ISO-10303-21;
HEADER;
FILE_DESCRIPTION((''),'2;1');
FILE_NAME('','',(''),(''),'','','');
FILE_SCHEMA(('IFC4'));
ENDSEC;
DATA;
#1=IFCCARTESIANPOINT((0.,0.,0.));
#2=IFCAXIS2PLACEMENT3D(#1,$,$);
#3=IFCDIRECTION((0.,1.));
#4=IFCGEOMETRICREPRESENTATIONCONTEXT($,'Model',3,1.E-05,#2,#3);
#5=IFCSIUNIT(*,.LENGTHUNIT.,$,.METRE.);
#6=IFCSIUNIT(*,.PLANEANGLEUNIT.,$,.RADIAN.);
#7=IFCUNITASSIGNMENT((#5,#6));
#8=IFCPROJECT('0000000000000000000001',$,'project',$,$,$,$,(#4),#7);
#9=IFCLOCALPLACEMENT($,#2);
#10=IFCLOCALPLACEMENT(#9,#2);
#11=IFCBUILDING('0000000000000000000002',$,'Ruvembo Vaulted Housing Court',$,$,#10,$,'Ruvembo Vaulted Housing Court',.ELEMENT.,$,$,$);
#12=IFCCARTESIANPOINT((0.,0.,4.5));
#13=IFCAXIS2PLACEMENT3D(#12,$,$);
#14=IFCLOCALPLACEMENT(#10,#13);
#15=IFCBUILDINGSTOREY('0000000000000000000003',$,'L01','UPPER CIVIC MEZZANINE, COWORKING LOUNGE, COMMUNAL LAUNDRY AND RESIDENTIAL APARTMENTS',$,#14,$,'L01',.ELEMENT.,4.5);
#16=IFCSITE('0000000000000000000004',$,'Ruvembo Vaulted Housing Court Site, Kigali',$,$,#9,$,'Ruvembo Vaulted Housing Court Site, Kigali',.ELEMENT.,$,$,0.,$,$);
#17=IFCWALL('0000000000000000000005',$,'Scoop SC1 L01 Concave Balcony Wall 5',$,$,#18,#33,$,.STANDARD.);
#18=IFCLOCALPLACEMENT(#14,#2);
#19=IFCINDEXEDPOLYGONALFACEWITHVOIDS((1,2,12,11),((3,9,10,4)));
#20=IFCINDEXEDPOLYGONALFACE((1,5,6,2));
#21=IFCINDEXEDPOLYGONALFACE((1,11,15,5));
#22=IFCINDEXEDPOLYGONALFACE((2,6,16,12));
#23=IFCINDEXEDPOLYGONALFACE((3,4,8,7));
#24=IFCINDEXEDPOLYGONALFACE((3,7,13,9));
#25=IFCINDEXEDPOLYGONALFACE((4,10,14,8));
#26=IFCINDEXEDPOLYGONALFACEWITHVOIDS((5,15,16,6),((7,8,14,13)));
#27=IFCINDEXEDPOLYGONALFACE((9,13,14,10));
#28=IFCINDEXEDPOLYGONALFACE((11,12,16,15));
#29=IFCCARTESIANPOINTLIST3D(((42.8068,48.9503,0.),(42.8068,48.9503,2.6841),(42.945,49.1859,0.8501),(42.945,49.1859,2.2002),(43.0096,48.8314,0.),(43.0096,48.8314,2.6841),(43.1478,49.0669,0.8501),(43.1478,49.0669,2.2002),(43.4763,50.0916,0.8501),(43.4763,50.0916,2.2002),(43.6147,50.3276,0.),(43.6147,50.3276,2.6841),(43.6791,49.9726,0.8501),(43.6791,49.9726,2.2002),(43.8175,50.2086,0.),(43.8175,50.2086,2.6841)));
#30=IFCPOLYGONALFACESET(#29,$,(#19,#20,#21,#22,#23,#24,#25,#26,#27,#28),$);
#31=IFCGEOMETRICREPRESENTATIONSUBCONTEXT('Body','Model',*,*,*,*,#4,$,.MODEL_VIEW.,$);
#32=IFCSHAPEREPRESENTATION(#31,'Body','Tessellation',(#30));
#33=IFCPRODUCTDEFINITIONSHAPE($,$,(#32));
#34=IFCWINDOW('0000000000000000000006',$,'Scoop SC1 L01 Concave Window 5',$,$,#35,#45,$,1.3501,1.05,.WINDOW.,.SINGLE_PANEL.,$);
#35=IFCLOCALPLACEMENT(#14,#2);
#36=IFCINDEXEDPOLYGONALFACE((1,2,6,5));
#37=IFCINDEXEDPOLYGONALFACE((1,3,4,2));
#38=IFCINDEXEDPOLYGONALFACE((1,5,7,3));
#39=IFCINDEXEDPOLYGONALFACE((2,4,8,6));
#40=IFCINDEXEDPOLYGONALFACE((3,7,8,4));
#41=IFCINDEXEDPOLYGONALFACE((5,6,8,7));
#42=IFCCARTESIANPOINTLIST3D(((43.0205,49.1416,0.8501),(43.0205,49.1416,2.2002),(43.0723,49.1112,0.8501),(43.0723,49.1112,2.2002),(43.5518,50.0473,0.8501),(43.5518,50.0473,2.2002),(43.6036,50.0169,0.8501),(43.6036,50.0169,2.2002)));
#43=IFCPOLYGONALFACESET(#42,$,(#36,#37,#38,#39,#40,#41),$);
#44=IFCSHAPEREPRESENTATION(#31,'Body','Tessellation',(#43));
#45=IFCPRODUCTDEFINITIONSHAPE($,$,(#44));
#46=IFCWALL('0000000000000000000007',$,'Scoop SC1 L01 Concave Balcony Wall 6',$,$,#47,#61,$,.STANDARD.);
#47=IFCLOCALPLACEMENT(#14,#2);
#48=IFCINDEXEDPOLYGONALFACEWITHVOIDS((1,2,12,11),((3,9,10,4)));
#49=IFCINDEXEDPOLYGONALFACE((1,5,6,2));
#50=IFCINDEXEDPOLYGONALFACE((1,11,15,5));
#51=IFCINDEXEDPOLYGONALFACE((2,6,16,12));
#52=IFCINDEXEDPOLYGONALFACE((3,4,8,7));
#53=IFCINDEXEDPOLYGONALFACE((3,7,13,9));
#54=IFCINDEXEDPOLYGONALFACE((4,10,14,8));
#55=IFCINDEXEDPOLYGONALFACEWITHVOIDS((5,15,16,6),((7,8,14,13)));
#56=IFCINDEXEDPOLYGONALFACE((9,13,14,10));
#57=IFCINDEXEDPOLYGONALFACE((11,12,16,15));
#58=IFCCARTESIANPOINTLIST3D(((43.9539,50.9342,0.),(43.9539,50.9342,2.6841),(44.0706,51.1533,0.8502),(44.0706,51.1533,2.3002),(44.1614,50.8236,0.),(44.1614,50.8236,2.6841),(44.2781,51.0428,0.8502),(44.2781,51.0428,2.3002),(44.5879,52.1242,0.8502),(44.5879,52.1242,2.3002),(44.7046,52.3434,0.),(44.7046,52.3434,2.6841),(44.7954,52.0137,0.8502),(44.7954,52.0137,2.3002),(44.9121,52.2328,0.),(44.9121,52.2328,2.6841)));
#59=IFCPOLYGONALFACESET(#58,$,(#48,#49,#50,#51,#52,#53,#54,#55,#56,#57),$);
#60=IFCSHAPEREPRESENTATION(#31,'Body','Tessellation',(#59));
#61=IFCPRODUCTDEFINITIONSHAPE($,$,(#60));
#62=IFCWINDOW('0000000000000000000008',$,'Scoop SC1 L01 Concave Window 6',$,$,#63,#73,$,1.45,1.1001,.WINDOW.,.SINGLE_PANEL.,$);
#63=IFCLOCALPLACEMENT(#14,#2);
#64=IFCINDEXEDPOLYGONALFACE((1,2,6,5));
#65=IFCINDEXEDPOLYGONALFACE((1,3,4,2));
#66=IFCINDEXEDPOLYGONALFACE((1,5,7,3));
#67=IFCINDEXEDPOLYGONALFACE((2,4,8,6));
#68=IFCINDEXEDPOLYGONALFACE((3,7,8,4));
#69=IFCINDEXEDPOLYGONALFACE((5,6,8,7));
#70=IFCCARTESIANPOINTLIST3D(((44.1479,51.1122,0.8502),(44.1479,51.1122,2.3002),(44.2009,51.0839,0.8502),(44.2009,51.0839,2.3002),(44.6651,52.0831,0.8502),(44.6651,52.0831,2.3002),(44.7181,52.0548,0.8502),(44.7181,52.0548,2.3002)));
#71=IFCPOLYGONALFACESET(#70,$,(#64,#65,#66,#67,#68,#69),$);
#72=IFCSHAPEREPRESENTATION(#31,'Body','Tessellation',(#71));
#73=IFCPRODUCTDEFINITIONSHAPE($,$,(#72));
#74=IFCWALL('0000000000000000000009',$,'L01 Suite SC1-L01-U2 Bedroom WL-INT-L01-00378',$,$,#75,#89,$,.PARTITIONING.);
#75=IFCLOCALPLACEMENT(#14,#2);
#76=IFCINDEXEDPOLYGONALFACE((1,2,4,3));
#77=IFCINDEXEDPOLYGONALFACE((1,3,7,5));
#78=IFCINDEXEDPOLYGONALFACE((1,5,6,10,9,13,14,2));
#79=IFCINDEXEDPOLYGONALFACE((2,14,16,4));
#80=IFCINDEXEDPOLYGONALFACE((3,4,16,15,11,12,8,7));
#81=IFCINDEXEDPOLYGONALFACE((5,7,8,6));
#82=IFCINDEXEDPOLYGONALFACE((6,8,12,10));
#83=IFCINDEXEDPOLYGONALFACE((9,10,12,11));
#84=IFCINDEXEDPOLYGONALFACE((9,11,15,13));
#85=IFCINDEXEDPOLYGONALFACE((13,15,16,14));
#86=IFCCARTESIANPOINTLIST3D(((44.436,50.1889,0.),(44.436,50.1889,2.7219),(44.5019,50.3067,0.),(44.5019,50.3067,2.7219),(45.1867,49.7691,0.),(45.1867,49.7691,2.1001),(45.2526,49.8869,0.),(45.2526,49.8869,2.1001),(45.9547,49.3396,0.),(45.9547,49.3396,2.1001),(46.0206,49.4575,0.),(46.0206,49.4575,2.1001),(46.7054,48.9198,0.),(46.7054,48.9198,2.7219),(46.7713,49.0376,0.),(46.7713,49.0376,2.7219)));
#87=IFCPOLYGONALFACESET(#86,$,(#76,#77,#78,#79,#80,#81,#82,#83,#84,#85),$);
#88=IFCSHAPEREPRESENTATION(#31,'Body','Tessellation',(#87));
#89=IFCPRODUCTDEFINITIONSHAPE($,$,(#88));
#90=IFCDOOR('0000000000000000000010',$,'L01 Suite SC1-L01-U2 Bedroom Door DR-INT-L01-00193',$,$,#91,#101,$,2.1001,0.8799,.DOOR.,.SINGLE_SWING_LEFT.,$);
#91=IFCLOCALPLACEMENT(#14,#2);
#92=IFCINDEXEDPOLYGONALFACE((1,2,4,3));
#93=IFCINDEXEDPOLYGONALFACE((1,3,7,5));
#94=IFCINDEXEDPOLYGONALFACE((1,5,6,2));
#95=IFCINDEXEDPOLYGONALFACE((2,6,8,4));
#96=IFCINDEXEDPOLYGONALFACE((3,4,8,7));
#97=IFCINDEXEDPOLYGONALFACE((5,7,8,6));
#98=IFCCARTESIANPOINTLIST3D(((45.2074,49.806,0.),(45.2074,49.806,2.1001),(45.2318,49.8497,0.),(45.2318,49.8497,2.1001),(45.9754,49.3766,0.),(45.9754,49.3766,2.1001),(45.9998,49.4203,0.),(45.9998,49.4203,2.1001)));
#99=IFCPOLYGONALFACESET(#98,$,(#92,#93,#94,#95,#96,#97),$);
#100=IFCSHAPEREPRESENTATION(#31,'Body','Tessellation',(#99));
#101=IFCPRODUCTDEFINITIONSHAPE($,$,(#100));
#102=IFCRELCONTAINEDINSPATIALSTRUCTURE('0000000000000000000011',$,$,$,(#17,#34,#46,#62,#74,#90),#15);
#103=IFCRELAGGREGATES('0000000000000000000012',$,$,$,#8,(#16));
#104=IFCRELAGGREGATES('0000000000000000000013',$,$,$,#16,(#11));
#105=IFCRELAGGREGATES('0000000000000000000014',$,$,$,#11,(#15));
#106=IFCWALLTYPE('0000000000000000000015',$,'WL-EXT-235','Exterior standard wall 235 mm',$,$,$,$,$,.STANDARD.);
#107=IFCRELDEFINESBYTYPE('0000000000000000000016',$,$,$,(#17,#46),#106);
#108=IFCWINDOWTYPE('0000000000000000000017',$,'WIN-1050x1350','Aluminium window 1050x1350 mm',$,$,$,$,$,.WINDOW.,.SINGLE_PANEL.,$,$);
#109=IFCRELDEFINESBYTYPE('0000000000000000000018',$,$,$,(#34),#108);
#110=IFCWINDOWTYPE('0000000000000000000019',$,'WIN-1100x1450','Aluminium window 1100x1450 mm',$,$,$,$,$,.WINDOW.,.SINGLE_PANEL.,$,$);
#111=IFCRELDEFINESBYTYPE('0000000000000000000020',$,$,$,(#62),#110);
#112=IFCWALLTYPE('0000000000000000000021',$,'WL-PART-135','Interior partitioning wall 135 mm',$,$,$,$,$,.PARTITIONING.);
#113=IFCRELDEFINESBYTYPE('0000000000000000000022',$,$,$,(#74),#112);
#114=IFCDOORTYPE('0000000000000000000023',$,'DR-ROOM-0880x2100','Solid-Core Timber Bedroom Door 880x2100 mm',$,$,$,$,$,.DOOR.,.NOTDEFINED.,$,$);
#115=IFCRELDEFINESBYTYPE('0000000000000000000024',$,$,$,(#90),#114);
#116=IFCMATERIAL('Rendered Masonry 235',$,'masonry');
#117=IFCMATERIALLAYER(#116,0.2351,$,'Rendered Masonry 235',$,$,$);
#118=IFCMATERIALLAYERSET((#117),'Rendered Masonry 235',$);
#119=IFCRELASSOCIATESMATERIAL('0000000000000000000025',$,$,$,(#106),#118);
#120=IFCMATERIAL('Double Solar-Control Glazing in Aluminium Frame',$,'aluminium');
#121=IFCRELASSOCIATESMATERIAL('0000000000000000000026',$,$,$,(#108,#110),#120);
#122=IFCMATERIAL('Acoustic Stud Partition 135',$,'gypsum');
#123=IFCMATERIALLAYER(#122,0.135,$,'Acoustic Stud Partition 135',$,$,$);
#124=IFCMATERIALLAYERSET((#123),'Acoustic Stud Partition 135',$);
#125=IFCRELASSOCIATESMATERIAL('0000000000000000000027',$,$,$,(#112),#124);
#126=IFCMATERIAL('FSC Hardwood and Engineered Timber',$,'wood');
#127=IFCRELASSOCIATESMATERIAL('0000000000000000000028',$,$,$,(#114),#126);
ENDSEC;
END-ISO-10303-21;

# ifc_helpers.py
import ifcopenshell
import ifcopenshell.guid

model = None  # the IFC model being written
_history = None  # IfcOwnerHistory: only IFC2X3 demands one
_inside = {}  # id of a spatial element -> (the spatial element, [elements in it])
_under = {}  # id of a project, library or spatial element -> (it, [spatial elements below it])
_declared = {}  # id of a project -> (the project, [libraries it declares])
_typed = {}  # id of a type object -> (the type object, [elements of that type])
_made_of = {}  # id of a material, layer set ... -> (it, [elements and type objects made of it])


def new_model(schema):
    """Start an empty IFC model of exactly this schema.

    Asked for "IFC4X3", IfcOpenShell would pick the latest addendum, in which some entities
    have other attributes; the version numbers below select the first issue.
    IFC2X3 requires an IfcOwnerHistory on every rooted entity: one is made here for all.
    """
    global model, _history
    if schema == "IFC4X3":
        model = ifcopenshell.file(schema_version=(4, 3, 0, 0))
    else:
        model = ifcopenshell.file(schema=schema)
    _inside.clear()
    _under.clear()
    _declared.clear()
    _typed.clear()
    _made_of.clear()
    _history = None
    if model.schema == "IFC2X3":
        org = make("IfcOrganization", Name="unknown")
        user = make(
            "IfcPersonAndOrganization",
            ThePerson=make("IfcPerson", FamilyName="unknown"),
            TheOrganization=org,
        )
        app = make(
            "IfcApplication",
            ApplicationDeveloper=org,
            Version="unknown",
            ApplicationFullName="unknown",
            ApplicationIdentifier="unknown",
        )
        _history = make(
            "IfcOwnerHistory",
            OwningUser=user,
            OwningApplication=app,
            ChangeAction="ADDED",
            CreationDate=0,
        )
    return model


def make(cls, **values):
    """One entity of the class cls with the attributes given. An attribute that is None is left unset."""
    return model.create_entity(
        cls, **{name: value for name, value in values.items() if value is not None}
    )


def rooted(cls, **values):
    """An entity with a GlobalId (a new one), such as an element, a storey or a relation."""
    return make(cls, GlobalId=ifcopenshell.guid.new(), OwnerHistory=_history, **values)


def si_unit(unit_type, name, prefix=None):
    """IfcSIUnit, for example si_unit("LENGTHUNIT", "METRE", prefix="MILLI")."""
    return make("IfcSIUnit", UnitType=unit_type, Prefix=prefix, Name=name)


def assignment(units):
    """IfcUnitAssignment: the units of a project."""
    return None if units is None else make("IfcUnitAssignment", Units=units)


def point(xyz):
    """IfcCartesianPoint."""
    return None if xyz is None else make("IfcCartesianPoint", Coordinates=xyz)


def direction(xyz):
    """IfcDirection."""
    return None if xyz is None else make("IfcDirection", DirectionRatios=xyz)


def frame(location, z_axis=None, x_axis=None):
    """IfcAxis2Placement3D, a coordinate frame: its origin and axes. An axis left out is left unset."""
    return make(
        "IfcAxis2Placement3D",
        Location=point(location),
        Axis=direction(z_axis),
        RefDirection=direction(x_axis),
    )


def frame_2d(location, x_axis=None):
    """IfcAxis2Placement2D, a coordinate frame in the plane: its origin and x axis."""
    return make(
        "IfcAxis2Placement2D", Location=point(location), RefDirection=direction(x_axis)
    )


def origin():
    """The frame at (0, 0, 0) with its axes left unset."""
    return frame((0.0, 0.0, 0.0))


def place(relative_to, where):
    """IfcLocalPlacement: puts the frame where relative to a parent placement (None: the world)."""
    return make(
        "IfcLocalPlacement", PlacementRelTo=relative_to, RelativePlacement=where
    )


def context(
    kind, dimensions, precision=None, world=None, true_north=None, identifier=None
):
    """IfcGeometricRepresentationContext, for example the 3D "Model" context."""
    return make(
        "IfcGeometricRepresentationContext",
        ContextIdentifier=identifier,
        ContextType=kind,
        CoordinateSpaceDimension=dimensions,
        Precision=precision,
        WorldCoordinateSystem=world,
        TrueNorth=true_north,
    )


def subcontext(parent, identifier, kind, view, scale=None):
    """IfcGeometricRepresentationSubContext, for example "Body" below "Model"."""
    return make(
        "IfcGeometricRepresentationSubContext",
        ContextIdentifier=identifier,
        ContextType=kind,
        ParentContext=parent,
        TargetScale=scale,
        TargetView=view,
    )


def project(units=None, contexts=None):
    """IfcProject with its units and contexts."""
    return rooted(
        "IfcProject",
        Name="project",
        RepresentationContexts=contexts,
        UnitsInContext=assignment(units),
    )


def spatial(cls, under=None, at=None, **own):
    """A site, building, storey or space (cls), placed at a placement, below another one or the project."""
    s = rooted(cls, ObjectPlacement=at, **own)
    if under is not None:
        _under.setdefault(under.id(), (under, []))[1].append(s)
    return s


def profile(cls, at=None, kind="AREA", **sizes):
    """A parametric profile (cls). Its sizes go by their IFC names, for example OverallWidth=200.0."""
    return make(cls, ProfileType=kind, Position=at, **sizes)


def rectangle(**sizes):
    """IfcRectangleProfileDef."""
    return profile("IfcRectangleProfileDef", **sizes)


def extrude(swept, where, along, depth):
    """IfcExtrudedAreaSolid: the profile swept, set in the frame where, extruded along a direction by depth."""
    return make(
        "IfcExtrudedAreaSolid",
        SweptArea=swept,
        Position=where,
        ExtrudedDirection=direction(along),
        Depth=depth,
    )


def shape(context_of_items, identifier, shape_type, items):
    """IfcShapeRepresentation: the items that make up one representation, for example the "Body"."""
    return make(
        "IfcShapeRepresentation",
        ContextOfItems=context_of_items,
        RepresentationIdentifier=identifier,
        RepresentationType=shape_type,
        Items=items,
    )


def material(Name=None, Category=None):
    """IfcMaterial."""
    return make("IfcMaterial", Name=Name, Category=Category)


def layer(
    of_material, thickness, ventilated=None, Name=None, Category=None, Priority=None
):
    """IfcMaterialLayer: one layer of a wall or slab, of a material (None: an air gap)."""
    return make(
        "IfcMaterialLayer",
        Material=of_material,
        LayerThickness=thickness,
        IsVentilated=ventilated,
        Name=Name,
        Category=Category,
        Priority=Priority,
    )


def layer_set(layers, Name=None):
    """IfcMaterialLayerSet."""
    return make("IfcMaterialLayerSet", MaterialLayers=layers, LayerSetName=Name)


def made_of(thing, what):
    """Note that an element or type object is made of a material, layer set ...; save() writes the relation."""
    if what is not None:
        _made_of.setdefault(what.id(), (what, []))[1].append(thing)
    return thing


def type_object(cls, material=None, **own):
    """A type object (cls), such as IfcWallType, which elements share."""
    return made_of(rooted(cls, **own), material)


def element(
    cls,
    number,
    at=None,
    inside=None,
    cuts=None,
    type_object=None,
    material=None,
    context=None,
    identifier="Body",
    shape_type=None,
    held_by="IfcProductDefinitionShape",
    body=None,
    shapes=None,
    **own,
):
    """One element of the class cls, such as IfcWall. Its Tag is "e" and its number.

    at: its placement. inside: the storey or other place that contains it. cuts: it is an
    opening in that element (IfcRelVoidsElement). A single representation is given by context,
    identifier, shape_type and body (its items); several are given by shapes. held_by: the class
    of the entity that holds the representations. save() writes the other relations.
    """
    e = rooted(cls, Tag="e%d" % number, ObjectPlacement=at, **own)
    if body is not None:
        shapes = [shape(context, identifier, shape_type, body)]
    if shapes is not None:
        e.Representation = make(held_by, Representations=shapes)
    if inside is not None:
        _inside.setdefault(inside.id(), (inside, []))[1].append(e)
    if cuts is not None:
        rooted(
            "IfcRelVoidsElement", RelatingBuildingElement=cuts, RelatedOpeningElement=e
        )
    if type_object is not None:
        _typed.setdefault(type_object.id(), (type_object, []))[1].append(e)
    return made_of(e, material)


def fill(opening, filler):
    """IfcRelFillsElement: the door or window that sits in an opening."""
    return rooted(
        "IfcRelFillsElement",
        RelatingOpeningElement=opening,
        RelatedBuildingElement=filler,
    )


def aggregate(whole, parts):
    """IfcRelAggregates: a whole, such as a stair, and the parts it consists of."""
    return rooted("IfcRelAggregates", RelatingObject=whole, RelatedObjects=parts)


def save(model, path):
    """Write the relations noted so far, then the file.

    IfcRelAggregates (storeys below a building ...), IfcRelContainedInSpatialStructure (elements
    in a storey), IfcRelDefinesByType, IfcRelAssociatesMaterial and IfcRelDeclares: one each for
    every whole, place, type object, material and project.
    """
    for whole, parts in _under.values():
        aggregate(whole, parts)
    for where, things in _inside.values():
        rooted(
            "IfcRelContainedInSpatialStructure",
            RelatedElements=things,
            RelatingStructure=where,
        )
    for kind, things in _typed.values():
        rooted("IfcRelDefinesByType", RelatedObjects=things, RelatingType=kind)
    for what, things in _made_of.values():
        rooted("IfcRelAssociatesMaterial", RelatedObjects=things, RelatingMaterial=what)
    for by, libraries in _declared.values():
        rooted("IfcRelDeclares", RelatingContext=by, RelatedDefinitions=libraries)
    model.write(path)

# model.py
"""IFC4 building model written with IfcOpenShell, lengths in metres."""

from ifc_helpers import new_model, si_unit, direction, frame, frame_2d, origin, place, context, subcontext, project, spatial, rectangle, extrude, material, layer, layer_set, type_object, element, fill, save


model = new_model("IFC4")

# Units and contexts
model_context = context("Model", 3, precision=1e-05, world=origin(), true_north=direction((0.0, 1.0)))
body_context = subcontext(model_context, "Body", "Model", "MODEL_VIEW")
ifc_project = project(units=[si_unit("LENGTHUNIT", "METRE"), si_unit("PLANEANGLEUNIT", "RADIAN")], contexts=[model_context])

# Site, building, storey
site_placement = place(None, origin())
site = spatial("IfcSite", under=ifc_project, at=site_placement, Name="Ruvembo Vaulted Housing Court Site, Kigali", LongName="Ruvembo Vaulted Housing Court Site, Kigali", CompositionType="ELEMENT", RefElevation=0.0)
building_placement = place(site_placement, origin())
building = spatial("IfcBuilding", under=site, at=building_placement, Name="Ruvembo Vaulted Housing Court", LongName="Ruvembo Vaulted Housing Court", CompositionType="ELEMENT")
storey_placement = place(building_placement, frame((0.0, 0.0, 4.5)))
storey = spatial("IfcBuildingStorey", under=building, at=storey_placement, Name="L01", Description="UPPER CIVIC MEZZANINE, COWORKING LOUNGE, COMMUNAL LAUNDRY AND RESIDENTIAL APARTMENTS", LongName="L01", CompositionType="ELEMENT", Elevation=4.5)

# Walls, openings, windows
ifc_material_1 = material(Name="Rendered Masonry 235", Category="masonry")
ifc_layer_1 = layer(ifc_material_1, 0.2351, Name="Rendered Masonry 235")
ifc_layer_set_1 = layer_set([ifc_layer_1], Name="Rendered Masonry 235")
wall_type_1 = type_object("IfcWallType", Name="WL-EXT-235", Description="Exterior standard wall 235 mm", PredefinedType="STANDARD", material=ifc_layer_set_1)
ifc_material_2 = material(Name="Double Solar-Control Glazing in Aluminium Frame", Category="aluminium")
wall_1_placement = place(storey_placement, frame((42.9082, 48.8909, 0.0), z_axis=(0.0, 0.0, 1.0), x_axis=(0.505971, 0.862551, 0.0)))
wall_1 = element("IfcWall", 1, at=wall_1_placement, inside=storey, type_object=wall_type_1, Name="Scoop SC1 L01 Concave Balcony Wall 5", PredefinedType="STANDARD", context=body_context, shape_type="SweptSolid", body=[
    extrude(rectangle(XDim=1.5967, YDim=0.2351, at=frame_2d((0.7983, 0.0))), origin(), (0.0, 0.0, 1.0), 2.6841),
])
opening_1_placement = place(wall_1_placement, frame((0.2732, 0.0, 0.8501)))
opening_1 = element("IfcOpeningElement", 2, at=opening_1_placement, cuts=wall_1, PredefinedType="OPENING", context=body_context, shape_type="SweptSolid", body=[
    extrude(rectangle(XDim=1.05, YDim=1.3501, at=frame_2d((0.5249, 0.675))), frame((0.0, 0.1274, 0.0), z_axis=(0.0, -1.0, 0.0), x_axis=(1.0, 0.0, 0.0)), (0.0, 0.0, 1.0), 0.2551),
])
window_type_1 = type_object("IfcWindowType", Name="WIN-1050x1350", Description="Aluminium window 1050x1350 mm", PartitioningType="SINGLE_PANEL", PredefinedType="WINDOW", material=ifc_material_2)
window_1_placement = place(opening_1_placement, origin())
window_1 = element("IfcWindow", 3, at=window_1_placement, inside=storey, type_object=window_type_1, Name="Scoop SC1 L01 Concave Window 5", OverallHeight=1.3501, OverallWidth=1.05, PartitioningType="SINGLE_PANEL", PredefinedType="WINDOW", context=body_context, shape_type="SweptSolid", body=[
    extrude(rectangle(XDim=1.05, YDim=1.3501, at=frame_2d((0.5249, 0.675))), frame((0.0, 0.03, 0.0), z_axis=(0.0, -1.0, 0.0), x_axis=(1.0, 0.0, 0.0)), (0.0, 0.0, 1.0), 0.0601),
])
fill(opening_1, window_1)
wall_2_placement = place(storey_placement, frame((44.0576, 50.8789, 0.0), z_axis=(0.0, 0.0, 1.0), x_axis=(0.470183, 0.882569, 0.0)))
wall_2 = element("IfcWall", 4, at=wall_2_placement, inside=storey, type_object=wall_type_1, Name="Scoop SC1 L01 Concave Balcony Wall 6", PredefinedType="STANDARD", context=body_context, shape_type="SweptSolid", body=[
    extrude(rectangle(XDim=1.5967, YDim=0.2351, at=frame_2d((0.7983, 0.0))), origin(), (0.0, 0.0, 1.0), 2.6841),
])
opening_2_placement = place(wall_2_placement, frame((0.2483, 0.0, 0.8501)))
opening_2 = element("IfcOpeningElement", 5, at=opening_2_placement, cuts=wall_2, PredefinedType="OPENING", context=body_context, shape_type="SweptSolid", body=[
    extrude(rectangle(XDim=1.1001, YDim=1.45, at=frame_2d((0.55, 0.7251))), frame((0.0, 0.1274, 0.0), z_axis=(0.0, -1.0, 0.0), x_axis=(1.0, 0.0, 0.0)), (0.0, 0.0, 1.0), 0.2551),
])
window_type_2 = type_object("IfcWindowType", Name="WIN-1100x1450", Description="Aluminium window 1100x1450 mm", PartitioningType="SINGLE_PANEL", PredefinedType="WINDOW", material=ifc_material_2)
window_2_placement = place(opening_2_placement, origin())
window_2 = element("IfcWindow", 6, at=window_2_placement, inside=storey, type_object=window_type_2, Name="Scoop SC1 L01 Concave Window 6", OverallHeight=1.45, OverallWidth=1.1001, PartitioningType="SINGLE_PANEL", PredefinedType="WINDOW", context=body_context, shape_type="SweptSolid", body=[
    extrude(rectangle(XDim=1.1001, YDim=1.45, at=frame_2d((0.55, 0.7251))), frame((0.0, 0.03, 0.0), z_axis=(0.0, -1.0, 0.0), x_axis=(1.0, 0.0, 0.0)), (0.0, 0.0, 1.0), 0.0601),
])
fill(opening_2, window_2)

# Wall, opening, door
ifc_material_3 = material(Name="Acoustic Stud Partition 135", Category="gypsum")
ifc_layer_2 = layer(ifc_material_3, 0.135, Name="Acoustic Stud Partition 135")
ifc_layer_set_2 = layer_set([ifc_layer_2], Name="Acoustic Stud Partition 135")
wall_type_2 = type_object("IfcWallType", Name="WL-PART-135", Description="Interior partitioning wall 135 mm", PredefinedType="PARTITIONING", material=ifc_layer_set_2)
wall_3_placement = place(storey_placement, frame((44.469, 50.2478, 0.0), z_axis=(0.0, 0.0, 1.0), x_axis=(0.872794, -0.488089, 0.0)))
wall_3 = element("IfcWall", 7, at=wall_3_placement, inside=storey, type_object=wall_type_2, Name="L01 Suite SC1-L01-U2 Bedroom WL-INT-L01-00378", PredefinedType="PARTITIONING", context=body_context, shape_type="SweptSolid", body=[
    extrude(rectangle(XDim=2.6001, YDim=0.135, at=frame_2d((1.3, 0.0))), origin(), (0.0, 0.0, 1.0), 2.7219),
])
opening_3_placement = place(wall_3_placement, frame((0.8601, 0.0, 0.0)))
opening_3 = element("IfcOpeningElement", 8, at=opening_3_placement, cuts=wall_3, PredefinedType="OPENING", context=body_context, shape_type="SweptSolid", body=[
    extrude(rectangle(XDim=0.8799, YDim=2.1001, at=frame_2d((0.4399, 1.05))), frame((0.0, 0.0774, 0.0), z_axis=(0.0, -1.0, 0.0), x_axis=(1.0, 0.0, 0.0)), (0.0, 0.0, 1.0), 0.155),
])
ifc_material_4 = material(Name="FSC Hardwood and Engineered Timber", Category="wood")
door_type = type_object("IfcDoorType", Name="DR-ROOM-0880x2100", Description="Solid-Core Timber Bedroom Door 880x2100 mm", OperationType="NOTDEFINED", PredefinedType="DOOR", material=ifc_material_4)
door_placement = place(opening_3_placement, origin())
door = element("IfcDoor", 9, at=door_placement, inside=storey, type_object=door_type, Name="L01 Suite SC1-L01-U2 Bedroom Door DR-INT-L01-00193", OperationType="SINGLE_SWING_LEFT", OverallHeight=2.1001, OverallWidth=0.8799, PredefinedType="DOOR", context=body_context, shape_type="SweptSolid", body=[
    extrude(rectangle(XDim=0.8799, YDim=2.1001, at=frame_2d((0.4399, 1.05))), frame((0.0, 0.0249, 0.0), z_axis=(0.0, -1.0, 0.0), x_axis=(1.0, 0.0, 0.0)), (0.0, 0.0, 1.0), 0.05),
])
fill(opening_3, door)

save(model, "model.ifc")
